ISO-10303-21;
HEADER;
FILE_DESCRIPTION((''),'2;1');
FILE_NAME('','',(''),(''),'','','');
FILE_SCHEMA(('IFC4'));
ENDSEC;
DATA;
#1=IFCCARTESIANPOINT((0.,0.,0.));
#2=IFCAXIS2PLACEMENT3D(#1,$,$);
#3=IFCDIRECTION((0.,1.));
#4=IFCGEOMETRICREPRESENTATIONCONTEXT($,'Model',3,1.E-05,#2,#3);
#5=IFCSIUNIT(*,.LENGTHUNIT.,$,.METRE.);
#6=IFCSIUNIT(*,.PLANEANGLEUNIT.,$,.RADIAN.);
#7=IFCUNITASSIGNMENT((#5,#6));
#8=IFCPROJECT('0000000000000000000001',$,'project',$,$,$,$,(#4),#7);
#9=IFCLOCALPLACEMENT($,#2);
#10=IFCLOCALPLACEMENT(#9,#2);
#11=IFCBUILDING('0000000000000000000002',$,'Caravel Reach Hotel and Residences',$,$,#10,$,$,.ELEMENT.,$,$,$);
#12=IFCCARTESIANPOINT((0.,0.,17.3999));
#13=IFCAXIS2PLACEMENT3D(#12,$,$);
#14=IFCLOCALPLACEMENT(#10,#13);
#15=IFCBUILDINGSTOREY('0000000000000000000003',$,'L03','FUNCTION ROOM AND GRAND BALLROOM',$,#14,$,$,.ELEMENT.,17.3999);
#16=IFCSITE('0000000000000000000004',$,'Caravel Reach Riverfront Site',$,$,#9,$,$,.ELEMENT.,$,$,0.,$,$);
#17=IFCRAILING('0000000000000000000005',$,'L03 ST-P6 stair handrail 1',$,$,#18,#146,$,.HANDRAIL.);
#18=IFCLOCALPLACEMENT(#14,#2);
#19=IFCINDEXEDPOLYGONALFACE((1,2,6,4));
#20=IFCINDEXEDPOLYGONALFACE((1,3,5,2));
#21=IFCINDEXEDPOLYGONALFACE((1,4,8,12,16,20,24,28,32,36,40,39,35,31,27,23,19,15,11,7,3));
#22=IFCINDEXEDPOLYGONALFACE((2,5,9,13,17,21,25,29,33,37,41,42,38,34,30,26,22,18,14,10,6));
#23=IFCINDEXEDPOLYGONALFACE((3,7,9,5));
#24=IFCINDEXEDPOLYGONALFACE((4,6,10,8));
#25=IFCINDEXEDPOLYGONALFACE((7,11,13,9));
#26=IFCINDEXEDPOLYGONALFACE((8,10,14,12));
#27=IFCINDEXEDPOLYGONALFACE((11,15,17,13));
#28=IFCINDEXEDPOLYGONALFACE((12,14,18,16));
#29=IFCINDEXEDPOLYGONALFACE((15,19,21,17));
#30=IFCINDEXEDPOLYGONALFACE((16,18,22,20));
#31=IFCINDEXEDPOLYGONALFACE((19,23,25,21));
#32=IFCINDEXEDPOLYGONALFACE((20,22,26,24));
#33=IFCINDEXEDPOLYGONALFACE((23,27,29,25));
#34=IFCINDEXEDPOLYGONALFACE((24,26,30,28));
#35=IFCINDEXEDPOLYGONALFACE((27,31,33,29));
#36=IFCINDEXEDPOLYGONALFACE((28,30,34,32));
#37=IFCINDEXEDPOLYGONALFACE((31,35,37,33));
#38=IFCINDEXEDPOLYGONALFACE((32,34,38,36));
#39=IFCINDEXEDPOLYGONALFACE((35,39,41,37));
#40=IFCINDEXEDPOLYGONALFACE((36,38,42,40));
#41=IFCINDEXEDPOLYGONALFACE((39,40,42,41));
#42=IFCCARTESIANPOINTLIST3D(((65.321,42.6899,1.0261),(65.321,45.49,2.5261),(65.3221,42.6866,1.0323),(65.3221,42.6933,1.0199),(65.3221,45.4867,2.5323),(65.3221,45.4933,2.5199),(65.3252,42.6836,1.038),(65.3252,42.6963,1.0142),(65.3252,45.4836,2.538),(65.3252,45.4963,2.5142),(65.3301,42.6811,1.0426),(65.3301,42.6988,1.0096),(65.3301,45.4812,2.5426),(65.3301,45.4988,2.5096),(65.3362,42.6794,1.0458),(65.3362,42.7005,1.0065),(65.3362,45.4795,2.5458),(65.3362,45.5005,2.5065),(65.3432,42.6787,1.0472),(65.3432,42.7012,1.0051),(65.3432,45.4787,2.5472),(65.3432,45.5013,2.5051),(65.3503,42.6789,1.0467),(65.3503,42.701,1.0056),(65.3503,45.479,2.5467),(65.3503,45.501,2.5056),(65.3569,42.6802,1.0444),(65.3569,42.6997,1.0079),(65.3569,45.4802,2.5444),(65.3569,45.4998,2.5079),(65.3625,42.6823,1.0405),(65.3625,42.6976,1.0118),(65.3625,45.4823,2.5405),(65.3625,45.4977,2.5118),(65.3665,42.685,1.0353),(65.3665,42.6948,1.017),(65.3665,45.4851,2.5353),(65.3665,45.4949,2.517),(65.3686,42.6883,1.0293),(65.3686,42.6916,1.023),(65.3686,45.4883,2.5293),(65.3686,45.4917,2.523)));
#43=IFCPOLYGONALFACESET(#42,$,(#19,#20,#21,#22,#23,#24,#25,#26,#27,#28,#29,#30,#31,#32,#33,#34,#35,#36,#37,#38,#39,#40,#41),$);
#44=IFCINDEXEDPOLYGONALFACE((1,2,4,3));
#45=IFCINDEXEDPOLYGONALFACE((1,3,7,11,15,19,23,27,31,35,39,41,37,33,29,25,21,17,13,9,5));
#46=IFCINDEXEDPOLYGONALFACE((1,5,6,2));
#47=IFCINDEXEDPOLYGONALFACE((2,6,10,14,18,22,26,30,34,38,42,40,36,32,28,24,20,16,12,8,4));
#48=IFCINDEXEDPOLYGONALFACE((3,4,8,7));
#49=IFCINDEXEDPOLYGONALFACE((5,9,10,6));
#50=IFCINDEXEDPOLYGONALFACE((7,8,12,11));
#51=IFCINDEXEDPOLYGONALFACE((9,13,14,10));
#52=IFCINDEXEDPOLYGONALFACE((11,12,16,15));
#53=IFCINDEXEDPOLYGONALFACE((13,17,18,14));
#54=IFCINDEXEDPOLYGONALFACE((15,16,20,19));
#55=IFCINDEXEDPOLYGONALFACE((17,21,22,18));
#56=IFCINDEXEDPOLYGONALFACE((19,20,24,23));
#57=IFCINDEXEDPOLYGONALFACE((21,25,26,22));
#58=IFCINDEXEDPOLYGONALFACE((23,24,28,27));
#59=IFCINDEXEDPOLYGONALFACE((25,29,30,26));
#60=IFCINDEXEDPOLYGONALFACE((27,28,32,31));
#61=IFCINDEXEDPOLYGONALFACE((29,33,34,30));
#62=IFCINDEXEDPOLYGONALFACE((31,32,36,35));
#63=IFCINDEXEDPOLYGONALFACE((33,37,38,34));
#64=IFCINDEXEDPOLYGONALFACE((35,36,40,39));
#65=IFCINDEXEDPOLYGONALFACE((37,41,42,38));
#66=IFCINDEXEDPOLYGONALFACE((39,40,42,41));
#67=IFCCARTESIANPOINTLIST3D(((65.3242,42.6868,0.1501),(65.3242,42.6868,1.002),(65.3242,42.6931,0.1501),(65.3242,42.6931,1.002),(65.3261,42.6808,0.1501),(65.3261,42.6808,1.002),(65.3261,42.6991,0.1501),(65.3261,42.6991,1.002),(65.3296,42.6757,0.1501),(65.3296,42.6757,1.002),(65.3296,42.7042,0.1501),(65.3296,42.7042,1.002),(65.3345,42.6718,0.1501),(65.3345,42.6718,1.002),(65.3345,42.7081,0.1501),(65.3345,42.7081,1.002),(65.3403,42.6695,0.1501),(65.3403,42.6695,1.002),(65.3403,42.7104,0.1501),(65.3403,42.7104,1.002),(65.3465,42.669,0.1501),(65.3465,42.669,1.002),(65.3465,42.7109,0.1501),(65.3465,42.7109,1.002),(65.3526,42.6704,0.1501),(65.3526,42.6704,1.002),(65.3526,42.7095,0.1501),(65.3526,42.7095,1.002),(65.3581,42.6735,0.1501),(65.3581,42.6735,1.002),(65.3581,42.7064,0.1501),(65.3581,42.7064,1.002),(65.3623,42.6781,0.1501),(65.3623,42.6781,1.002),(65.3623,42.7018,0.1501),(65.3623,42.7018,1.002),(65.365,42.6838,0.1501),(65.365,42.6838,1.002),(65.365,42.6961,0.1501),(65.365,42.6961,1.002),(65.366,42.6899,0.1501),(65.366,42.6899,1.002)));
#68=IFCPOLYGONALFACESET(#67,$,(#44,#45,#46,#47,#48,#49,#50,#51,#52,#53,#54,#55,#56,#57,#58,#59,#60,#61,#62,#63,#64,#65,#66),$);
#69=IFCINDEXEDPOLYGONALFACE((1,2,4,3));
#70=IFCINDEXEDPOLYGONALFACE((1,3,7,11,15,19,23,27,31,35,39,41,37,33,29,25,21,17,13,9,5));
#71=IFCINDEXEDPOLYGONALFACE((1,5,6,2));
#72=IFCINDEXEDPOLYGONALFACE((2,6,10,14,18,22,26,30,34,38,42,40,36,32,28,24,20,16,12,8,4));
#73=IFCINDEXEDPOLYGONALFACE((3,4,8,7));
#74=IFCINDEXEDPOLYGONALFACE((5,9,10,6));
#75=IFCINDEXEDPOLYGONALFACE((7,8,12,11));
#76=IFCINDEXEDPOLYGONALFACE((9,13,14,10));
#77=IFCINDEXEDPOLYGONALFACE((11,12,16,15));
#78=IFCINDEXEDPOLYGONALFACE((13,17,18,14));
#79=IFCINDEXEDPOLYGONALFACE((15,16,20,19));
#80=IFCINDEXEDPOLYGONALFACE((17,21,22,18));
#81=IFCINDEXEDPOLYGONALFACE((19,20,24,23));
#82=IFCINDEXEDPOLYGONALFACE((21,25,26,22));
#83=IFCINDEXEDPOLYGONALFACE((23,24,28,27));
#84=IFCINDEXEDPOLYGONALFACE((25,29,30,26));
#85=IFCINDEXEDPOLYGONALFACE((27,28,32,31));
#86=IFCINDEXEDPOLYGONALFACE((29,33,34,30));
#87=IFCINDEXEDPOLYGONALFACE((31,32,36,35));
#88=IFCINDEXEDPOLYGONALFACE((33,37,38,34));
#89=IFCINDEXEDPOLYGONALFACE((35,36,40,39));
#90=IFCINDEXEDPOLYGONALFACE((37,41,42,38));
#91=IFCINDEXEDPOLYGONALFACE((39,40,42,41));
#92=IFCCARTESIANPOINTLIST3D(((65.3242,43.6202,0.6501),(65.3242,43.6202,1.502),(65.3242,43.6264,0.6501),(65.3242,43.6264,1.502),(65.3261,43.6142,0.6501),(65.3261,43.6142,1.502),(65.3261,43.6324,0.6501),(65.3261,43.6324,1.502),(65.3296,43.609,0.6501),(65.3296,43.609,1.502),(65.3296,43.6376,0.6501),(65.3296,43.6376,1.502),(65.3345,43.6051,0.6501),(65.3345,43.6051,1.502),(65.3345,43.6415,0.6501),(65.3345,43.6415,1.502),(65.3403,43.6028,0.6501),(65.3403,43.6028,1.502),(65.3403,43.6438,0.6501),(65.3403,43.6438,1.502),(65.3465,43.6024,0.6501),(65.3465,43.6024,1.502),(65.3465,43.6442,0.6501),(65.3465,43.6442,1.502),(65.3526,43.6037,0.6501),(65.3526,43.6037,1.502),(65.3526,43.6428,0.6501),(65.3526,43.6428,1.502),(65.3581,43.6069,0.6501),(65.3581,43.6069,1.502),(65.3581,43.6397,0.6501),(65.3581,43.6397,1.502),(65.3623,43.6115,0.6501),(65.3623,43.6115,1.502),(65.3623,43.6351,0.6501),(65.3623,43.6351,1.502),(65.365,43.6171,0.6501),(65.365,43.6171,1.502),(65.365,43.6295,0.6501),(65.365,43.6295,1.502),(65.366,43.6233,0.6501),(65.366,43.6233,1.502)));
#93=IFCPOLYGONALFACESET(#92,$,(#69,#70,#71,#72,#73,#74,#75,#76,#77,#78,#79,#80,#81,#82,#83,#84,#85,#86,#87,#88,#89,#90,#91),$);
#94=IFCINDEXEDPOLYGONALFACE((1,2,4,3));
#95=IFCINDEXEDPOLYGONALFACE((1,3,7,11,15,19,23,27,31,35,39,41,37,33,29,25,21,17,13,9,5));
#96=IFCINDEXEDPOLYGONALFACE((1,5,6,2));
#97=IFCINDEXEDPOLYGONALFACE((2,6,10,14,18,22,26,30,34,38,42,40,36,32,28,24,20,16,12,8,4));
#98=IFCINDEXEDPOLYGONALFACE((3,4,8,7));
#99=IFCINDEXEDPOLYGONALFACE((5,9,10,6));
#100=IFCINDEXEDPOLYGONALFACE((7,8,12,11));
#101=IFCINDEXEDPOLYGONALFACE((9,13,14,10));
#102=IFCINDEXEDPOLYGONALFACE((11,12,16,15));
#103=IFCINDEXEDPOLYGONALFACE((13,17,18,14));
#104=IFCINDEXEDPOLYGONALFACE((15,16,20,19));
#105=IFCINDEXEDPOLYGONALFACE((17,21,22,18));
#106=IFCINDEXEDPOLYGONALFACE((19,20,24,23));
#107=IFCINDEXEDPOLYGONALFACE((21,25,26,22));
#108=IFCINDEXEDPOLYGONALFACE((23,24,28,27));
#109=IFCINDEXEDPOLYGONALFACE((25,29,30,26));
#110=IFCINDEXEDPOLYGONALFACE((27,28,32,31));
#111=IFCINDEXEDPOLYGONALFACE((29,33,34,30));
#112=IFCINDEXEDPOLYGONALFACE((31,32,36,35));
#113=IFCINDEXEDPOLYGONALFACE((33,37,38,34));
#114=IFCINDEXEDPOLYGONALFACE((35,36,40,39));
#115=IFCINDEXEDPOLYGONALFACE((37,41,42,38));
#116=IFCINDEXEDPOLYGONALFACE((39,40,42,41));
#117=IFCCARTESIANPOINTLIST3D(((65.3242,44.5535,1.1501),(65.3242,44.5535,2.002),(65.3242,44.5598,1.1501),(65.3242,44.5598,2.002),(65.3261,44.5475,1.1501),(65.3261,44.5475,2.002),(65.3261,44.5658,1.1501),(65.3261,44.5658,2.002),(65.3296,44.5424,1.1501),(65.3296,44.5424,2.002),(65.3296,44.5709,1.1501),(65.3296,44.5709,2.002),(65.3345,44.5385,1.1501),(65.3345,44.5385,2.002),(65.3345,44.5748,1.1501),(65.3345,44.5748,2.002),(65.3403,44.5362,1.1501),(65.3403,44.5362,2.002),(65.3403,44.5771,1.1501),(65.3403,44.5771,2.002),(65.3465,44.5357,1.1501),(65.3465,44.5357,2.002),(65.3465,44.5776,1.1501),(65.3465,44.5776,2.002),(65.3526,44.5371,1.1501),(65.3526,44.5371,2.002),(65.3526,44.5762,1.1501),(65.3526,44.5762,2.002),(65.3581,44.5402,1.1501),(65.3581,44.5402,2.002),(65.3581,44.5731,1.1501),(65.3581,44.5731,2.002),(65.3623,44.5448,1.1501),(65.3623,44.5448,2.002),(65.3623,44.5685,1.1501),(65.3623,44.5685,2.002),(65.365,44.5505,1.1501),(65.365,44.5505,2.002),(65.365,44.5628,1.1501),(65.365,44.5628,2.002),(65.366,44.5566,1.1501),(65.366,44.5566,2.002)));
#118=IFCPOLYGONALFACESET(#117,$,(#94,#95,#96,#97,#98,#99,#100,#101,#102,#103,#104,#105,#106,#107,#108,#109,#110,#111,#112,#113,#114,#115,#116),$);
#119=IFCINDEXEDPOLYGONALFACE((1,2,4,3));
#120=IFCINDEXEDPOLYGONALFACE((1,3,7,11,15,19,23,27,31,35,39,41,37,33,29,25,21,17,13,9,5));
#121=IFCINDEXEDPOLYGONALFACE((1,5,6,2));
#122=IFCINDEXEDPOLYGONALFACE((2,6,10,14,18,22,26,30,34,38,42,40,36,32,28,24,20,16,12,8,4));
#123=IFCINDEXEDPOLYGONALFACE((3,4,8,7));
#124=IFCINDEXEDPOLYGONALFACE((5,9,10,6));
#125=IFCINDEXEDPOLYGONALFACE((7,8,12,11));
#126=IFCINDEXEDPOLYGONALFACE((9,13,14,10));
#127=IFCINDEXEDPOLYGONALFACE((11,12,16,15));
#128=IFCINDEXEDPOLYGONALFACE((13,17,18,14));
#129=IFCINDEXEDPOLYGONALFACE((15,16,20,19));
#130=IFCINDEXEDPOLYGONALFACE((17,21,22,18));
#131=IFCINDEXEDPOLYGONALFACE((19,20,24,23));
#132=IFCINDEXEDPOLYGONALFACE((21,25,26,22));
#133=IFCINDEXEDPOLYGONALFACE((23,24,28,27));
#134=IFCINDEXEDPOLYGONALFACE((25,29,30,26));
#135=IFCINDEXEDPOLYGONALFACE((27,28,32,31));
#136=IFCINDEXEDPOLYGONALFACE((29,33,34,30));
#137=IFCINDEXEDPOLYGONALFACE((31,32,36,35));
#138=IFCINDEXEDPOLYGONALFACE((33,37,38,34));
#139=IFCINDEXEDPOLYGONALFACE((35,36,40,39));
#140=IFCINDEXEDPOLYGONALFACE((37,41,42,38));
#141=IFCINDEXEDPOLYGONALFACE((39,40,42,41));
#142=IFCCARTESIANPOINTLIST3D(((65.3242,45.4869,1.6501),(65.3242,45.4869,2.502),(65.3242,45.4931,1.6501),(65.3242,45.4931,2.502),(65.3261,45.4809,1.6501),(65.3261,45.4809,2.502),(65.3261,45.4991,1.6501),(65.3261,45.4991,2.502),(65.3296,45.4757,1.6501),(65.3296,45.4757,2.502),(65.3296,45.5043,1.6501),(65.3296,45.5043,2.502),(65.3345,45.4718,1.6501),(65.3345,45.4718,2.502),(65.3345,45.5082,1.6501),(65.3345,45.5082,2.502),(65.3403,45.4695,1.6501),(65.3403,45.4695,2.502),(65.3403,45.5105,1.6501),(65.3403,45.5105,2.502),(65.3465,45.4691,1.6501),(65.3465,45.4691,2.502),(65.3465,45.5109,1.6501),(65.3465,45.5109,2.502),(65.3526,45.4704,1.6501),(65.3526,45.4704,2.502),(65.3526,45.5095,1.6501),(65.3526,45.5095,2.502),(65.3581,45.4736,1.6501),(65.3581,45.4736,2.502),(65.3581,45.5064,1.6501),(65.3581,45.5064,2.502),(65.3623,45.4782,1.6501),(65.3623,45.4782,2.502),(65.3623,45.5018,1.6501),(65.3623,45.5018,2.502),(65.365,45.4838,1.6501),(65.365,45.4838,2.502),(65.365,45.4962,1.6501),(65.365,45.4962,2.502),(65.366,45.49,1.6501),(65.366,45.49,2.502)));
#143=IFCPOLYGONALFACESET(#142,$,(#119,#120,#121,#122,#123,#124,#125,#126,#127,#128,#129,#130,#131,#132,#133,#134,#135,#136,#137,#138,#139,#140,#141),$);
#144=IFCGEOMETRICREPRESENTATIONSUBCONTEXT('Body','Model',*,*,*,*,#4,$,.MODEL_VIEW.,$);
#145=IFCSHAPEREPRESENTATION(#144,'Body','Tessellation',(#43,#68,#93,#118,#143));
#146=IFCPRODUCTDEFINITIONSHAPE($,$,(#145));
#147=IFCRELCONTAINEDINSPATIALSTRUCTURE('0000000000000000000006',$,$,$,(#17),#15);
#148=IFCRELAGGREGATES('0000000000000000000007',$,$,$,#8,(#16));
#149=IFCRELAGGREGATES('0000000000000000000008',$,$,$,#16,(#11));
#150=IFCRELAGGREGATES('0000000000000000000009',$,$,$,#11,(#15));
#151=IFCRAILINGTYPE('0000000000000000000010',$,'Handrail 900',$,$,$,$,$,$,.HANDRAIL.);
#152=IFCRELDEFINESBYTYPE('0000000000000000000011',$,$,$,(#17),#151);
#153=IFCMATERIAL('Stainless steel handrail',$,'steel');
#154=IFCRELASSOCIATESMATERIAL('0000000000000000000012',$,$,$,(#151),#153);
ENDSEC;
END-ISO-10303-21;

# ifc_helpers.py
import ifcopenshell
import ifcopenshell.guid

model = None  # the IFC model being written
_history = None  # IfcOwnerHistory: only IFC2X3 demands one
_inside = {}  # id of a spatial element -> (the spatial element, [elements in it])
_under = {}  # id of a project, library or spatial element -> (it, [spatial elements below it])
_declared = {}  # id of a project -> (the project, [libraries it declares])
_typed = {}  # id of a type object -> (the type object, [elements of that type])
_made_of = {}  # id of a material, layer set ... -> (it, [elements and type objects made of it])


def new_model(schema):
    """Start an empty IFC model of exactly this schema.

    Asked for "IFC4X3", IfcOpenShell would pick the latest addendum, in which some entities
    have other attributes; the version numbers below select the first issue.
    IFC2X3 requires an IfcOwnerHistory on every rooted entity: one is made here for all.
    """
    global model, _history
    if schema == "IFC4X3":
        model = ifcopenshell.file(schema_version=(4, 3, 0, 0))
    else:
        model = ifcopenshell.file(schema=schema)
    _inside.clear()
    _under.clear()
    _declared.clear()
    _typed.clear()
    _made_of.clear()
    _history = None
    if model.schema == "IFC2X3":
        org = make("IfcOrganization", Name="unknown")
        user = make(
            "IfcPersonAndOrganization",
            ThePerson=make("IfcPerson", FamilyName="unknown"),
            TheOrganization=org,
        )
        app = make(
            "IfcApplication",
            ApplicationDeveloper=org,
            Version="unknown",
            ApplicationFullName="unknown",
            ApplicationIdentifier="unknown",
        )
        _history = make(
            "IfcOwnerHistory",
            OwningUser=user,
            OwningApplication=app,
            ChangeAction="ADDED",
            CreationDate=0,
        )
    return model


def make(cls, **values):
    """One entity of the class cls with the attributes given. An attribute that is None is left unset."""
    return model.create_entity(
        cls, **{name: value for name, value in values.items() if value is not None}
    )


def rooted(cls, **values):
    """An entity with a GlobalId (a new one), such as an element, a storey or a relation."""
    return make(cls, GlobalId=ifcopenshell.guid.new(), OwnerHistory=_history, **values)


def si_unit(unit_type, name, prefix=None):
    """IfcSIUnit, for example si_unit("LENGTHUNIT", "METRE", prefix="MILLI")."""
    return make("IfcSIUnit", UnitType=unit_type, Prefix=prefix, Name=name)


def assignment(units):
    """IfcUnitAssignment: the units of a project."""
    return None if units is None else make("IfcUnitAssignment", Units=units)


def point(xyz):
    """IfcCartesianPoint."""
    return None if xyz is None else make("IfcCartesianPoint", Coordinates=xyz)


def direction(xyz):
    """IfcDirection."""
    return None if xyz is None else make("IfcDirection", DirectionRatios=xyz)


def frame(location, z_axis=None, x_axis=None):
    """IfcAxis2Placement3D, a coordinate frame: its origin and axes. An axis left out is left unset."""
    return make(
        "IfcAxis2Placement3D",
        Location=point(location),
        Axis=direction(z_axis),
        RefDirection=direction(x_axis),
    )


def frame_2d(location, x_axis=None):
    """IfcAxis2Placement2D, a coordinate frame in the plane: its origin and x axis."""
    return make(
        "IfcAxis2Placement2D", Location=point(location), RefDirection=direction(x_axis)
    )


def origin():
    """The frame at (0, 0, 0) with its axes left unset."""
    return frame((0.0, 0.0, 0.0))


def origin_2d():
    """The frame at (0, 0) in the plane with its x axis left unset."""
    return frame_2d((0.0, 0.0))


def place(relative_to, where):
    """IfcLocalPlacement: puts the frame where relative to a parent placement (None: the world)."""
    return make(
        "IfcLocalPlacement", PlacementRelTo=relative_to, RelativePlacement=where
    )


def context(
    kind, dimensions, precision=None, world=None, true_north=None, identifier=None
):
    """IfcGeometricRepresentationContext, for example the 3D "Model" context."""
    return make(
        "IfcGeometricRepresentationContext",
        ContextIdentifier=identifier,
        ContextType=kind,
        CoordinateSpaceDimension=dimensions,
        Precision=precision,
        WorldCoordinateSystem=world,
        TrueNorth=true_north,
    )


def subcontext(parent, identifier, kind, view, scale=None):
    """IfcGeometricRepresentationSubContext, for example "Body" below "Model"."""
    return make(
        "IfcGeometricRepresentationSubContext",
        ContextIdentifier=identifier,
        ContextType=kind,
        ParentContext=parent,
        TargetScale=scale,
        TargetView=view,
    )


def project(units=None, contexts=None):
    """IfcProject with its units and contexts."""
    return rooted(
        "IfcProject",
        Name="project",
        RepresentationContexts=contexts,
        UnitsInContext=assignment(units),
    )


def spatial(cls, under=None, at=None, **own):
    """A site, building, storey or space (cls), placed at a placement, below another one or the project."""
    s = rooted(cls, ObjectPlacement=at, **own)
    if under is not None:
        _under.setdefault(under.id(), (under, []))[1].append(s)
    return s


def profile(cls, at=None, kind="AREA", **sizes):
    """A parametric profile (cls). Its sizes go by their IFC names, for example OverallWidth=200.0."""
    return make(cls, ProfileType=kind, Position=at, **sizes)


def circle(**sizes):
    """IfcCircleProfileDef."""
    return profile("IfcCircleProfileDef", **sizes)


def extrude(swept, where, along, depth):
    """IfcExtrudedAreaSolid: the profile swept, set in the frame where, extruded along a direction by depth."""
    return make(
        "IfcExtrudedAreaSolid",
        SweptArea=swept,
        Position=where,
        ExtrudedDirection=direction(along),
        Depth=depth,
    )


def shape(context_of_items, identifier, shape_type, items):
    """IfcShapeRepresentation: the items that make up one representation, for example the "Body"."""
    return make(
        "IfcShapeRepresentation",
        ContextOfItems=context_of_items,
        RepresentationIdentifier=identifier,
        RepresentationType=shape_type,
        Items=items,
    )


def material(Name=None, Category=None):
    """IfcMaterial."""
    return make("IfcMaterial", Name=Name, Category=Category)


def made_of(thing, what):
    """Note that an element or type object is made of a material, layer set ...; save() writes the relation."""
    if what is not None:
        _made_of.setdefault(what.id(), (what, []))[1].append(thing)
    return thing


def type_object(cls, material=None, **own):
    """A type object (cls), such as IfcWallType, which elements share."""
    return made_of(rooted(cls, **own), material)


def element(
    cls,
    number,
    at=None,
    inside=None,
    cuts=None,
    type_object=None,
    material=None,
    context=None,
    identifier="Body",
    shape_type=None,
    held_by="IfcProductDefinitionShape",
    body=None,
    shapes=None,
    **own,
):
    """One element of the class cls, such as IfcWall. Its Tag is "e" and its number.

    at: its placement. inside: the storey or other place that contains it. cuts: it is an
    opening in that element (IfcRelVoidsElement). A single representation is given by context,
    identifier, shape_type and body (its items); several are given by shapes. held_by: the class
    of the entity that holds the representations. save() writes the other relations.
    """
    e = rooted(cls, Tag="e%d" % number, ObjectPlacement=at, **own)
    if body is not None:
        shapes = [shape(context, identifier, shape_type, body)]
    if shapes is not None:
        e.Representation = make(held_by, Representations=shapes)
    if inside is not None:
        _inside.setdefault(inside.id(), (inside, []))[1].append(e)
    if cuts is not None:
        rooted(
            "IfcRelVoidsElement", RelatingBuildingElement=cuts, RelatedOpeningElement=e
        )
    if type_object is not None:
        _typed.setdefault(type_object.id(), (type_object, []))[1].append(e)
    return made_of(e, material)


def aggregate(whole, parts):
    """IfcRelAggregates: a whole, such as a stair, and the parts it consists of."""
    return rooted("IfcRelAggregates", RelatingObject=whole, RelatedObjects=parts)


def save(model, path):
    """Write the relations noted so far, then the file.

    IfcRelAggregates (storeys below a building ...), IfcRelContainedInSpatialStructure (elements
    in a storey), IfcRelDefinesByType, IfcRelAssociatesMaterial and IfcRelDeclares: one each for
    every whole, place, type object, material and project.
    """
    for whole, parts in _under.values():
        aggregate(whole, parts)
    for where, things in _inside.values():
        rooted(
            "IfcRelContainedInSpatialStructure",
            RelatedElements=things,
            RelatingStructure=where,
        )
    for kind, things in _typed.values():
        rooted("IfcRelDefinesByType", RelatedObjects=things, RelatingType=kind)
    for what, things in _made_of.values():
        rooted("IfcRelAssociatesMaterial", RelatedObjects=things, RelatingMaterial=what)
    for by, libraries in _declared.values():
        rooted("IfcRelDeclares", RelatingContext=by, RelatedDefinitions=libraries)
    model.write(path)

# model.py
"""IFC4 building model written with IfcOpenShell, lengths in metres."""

from ifc_helpers import new_model, si_unit, direction, frame, origin, origin_2d, place, context, subcontext, project, spatial, circle, extrude, material, type_object, element, save


model = new_model("IFC4")

# Units and contexts
model_context = context("Model", 3, precision=1e-05, world=origin(), true_north=direction((0.0, 1.0)))
body_context = subcontext(model_context, "Body", "Model", "MODEL_VIEW")
ifc_project = project(units=[si_unit("LENGTHUNIT", "METRE"), si_unit("PLANEANGLEUNIT", "RADIAN")], contexts=[model_context])

# Site, building, storey
site_placement = place(None, origin())
site = spatial("IfcSite", under=ifc_project, at=site_placement, Name="Caravel Reach Riverfront Site", CompositionType="ELEMENT", RefElevation=0.0)
building_placement = place(site_placement, origin())
building = spatial("IfcBuilding", under=site, at=building_placement, Name="Caravel Reach Hotel and Residences", CompositionType="ELEMENT")
storey_placement = place(building_placement, frame((0.0, 0.0, 17.3999)))
storey = spatial("IfcBuildingStorey", under=building, at=storey_placement, Name="L03", Description="FUNCTION ROOM AND GRAND BALLROOM", CompositionType="ELEMENT", Elevation=17.3999)

# Railing
ifc_material_1 = material(Name="Stainless steel handrail", Category="steel")
railing_type_1 = type_object("IfcRailingType", Name="Handrail 900", PredefinedType="HANDRAIL", material=ifc_material_1)
for number, where, name in (
    (1, (65.345, 42.6899, 0.1501), "L03 ST-P6 stair handrail 1"),
):
    element("IfcRailing", number, at=place(storey_placement, frame(where)), inside=storey, type_object=railing_type_1, Name=name, PredefinedType="HANDRAIL", context=body_context, shape_type="SweptSolid", body=[
        extrude(circle(Radius=0.0239, at=origin_2d()), frame((0.0, 0.0, 0.876), z_axis=(0.0, 0.881483, 0.472215), x_axis=(-1.0, 0.0, 0.0)), (0.0, 0.0, 1.0), 3.1765),
        extrude(circle(Radius=0.021, at=origin_2d()), origin(), (0.0, 0.0, 1.0), 0.8518),
        extrude(circle(Radius=0.021, at=origin_2d()), frame((0.0, 0.9333, 0.5)), (0.0, 0.0, 1.0), 0.8518),
        extrude(circle(Radius=0.021, at=origin_2d()), frame((0.0, 1.8667, 1.0)), (0.0, 0.0, 1.0), 0.8518),
        extrude(circle(Radius=0.021, at=origin_2d()), frame((0.0, 2.8, 1.5)), (0.0, 0.0, 1.0), 0.8518),
    ])

save(model, "model.ifc")
